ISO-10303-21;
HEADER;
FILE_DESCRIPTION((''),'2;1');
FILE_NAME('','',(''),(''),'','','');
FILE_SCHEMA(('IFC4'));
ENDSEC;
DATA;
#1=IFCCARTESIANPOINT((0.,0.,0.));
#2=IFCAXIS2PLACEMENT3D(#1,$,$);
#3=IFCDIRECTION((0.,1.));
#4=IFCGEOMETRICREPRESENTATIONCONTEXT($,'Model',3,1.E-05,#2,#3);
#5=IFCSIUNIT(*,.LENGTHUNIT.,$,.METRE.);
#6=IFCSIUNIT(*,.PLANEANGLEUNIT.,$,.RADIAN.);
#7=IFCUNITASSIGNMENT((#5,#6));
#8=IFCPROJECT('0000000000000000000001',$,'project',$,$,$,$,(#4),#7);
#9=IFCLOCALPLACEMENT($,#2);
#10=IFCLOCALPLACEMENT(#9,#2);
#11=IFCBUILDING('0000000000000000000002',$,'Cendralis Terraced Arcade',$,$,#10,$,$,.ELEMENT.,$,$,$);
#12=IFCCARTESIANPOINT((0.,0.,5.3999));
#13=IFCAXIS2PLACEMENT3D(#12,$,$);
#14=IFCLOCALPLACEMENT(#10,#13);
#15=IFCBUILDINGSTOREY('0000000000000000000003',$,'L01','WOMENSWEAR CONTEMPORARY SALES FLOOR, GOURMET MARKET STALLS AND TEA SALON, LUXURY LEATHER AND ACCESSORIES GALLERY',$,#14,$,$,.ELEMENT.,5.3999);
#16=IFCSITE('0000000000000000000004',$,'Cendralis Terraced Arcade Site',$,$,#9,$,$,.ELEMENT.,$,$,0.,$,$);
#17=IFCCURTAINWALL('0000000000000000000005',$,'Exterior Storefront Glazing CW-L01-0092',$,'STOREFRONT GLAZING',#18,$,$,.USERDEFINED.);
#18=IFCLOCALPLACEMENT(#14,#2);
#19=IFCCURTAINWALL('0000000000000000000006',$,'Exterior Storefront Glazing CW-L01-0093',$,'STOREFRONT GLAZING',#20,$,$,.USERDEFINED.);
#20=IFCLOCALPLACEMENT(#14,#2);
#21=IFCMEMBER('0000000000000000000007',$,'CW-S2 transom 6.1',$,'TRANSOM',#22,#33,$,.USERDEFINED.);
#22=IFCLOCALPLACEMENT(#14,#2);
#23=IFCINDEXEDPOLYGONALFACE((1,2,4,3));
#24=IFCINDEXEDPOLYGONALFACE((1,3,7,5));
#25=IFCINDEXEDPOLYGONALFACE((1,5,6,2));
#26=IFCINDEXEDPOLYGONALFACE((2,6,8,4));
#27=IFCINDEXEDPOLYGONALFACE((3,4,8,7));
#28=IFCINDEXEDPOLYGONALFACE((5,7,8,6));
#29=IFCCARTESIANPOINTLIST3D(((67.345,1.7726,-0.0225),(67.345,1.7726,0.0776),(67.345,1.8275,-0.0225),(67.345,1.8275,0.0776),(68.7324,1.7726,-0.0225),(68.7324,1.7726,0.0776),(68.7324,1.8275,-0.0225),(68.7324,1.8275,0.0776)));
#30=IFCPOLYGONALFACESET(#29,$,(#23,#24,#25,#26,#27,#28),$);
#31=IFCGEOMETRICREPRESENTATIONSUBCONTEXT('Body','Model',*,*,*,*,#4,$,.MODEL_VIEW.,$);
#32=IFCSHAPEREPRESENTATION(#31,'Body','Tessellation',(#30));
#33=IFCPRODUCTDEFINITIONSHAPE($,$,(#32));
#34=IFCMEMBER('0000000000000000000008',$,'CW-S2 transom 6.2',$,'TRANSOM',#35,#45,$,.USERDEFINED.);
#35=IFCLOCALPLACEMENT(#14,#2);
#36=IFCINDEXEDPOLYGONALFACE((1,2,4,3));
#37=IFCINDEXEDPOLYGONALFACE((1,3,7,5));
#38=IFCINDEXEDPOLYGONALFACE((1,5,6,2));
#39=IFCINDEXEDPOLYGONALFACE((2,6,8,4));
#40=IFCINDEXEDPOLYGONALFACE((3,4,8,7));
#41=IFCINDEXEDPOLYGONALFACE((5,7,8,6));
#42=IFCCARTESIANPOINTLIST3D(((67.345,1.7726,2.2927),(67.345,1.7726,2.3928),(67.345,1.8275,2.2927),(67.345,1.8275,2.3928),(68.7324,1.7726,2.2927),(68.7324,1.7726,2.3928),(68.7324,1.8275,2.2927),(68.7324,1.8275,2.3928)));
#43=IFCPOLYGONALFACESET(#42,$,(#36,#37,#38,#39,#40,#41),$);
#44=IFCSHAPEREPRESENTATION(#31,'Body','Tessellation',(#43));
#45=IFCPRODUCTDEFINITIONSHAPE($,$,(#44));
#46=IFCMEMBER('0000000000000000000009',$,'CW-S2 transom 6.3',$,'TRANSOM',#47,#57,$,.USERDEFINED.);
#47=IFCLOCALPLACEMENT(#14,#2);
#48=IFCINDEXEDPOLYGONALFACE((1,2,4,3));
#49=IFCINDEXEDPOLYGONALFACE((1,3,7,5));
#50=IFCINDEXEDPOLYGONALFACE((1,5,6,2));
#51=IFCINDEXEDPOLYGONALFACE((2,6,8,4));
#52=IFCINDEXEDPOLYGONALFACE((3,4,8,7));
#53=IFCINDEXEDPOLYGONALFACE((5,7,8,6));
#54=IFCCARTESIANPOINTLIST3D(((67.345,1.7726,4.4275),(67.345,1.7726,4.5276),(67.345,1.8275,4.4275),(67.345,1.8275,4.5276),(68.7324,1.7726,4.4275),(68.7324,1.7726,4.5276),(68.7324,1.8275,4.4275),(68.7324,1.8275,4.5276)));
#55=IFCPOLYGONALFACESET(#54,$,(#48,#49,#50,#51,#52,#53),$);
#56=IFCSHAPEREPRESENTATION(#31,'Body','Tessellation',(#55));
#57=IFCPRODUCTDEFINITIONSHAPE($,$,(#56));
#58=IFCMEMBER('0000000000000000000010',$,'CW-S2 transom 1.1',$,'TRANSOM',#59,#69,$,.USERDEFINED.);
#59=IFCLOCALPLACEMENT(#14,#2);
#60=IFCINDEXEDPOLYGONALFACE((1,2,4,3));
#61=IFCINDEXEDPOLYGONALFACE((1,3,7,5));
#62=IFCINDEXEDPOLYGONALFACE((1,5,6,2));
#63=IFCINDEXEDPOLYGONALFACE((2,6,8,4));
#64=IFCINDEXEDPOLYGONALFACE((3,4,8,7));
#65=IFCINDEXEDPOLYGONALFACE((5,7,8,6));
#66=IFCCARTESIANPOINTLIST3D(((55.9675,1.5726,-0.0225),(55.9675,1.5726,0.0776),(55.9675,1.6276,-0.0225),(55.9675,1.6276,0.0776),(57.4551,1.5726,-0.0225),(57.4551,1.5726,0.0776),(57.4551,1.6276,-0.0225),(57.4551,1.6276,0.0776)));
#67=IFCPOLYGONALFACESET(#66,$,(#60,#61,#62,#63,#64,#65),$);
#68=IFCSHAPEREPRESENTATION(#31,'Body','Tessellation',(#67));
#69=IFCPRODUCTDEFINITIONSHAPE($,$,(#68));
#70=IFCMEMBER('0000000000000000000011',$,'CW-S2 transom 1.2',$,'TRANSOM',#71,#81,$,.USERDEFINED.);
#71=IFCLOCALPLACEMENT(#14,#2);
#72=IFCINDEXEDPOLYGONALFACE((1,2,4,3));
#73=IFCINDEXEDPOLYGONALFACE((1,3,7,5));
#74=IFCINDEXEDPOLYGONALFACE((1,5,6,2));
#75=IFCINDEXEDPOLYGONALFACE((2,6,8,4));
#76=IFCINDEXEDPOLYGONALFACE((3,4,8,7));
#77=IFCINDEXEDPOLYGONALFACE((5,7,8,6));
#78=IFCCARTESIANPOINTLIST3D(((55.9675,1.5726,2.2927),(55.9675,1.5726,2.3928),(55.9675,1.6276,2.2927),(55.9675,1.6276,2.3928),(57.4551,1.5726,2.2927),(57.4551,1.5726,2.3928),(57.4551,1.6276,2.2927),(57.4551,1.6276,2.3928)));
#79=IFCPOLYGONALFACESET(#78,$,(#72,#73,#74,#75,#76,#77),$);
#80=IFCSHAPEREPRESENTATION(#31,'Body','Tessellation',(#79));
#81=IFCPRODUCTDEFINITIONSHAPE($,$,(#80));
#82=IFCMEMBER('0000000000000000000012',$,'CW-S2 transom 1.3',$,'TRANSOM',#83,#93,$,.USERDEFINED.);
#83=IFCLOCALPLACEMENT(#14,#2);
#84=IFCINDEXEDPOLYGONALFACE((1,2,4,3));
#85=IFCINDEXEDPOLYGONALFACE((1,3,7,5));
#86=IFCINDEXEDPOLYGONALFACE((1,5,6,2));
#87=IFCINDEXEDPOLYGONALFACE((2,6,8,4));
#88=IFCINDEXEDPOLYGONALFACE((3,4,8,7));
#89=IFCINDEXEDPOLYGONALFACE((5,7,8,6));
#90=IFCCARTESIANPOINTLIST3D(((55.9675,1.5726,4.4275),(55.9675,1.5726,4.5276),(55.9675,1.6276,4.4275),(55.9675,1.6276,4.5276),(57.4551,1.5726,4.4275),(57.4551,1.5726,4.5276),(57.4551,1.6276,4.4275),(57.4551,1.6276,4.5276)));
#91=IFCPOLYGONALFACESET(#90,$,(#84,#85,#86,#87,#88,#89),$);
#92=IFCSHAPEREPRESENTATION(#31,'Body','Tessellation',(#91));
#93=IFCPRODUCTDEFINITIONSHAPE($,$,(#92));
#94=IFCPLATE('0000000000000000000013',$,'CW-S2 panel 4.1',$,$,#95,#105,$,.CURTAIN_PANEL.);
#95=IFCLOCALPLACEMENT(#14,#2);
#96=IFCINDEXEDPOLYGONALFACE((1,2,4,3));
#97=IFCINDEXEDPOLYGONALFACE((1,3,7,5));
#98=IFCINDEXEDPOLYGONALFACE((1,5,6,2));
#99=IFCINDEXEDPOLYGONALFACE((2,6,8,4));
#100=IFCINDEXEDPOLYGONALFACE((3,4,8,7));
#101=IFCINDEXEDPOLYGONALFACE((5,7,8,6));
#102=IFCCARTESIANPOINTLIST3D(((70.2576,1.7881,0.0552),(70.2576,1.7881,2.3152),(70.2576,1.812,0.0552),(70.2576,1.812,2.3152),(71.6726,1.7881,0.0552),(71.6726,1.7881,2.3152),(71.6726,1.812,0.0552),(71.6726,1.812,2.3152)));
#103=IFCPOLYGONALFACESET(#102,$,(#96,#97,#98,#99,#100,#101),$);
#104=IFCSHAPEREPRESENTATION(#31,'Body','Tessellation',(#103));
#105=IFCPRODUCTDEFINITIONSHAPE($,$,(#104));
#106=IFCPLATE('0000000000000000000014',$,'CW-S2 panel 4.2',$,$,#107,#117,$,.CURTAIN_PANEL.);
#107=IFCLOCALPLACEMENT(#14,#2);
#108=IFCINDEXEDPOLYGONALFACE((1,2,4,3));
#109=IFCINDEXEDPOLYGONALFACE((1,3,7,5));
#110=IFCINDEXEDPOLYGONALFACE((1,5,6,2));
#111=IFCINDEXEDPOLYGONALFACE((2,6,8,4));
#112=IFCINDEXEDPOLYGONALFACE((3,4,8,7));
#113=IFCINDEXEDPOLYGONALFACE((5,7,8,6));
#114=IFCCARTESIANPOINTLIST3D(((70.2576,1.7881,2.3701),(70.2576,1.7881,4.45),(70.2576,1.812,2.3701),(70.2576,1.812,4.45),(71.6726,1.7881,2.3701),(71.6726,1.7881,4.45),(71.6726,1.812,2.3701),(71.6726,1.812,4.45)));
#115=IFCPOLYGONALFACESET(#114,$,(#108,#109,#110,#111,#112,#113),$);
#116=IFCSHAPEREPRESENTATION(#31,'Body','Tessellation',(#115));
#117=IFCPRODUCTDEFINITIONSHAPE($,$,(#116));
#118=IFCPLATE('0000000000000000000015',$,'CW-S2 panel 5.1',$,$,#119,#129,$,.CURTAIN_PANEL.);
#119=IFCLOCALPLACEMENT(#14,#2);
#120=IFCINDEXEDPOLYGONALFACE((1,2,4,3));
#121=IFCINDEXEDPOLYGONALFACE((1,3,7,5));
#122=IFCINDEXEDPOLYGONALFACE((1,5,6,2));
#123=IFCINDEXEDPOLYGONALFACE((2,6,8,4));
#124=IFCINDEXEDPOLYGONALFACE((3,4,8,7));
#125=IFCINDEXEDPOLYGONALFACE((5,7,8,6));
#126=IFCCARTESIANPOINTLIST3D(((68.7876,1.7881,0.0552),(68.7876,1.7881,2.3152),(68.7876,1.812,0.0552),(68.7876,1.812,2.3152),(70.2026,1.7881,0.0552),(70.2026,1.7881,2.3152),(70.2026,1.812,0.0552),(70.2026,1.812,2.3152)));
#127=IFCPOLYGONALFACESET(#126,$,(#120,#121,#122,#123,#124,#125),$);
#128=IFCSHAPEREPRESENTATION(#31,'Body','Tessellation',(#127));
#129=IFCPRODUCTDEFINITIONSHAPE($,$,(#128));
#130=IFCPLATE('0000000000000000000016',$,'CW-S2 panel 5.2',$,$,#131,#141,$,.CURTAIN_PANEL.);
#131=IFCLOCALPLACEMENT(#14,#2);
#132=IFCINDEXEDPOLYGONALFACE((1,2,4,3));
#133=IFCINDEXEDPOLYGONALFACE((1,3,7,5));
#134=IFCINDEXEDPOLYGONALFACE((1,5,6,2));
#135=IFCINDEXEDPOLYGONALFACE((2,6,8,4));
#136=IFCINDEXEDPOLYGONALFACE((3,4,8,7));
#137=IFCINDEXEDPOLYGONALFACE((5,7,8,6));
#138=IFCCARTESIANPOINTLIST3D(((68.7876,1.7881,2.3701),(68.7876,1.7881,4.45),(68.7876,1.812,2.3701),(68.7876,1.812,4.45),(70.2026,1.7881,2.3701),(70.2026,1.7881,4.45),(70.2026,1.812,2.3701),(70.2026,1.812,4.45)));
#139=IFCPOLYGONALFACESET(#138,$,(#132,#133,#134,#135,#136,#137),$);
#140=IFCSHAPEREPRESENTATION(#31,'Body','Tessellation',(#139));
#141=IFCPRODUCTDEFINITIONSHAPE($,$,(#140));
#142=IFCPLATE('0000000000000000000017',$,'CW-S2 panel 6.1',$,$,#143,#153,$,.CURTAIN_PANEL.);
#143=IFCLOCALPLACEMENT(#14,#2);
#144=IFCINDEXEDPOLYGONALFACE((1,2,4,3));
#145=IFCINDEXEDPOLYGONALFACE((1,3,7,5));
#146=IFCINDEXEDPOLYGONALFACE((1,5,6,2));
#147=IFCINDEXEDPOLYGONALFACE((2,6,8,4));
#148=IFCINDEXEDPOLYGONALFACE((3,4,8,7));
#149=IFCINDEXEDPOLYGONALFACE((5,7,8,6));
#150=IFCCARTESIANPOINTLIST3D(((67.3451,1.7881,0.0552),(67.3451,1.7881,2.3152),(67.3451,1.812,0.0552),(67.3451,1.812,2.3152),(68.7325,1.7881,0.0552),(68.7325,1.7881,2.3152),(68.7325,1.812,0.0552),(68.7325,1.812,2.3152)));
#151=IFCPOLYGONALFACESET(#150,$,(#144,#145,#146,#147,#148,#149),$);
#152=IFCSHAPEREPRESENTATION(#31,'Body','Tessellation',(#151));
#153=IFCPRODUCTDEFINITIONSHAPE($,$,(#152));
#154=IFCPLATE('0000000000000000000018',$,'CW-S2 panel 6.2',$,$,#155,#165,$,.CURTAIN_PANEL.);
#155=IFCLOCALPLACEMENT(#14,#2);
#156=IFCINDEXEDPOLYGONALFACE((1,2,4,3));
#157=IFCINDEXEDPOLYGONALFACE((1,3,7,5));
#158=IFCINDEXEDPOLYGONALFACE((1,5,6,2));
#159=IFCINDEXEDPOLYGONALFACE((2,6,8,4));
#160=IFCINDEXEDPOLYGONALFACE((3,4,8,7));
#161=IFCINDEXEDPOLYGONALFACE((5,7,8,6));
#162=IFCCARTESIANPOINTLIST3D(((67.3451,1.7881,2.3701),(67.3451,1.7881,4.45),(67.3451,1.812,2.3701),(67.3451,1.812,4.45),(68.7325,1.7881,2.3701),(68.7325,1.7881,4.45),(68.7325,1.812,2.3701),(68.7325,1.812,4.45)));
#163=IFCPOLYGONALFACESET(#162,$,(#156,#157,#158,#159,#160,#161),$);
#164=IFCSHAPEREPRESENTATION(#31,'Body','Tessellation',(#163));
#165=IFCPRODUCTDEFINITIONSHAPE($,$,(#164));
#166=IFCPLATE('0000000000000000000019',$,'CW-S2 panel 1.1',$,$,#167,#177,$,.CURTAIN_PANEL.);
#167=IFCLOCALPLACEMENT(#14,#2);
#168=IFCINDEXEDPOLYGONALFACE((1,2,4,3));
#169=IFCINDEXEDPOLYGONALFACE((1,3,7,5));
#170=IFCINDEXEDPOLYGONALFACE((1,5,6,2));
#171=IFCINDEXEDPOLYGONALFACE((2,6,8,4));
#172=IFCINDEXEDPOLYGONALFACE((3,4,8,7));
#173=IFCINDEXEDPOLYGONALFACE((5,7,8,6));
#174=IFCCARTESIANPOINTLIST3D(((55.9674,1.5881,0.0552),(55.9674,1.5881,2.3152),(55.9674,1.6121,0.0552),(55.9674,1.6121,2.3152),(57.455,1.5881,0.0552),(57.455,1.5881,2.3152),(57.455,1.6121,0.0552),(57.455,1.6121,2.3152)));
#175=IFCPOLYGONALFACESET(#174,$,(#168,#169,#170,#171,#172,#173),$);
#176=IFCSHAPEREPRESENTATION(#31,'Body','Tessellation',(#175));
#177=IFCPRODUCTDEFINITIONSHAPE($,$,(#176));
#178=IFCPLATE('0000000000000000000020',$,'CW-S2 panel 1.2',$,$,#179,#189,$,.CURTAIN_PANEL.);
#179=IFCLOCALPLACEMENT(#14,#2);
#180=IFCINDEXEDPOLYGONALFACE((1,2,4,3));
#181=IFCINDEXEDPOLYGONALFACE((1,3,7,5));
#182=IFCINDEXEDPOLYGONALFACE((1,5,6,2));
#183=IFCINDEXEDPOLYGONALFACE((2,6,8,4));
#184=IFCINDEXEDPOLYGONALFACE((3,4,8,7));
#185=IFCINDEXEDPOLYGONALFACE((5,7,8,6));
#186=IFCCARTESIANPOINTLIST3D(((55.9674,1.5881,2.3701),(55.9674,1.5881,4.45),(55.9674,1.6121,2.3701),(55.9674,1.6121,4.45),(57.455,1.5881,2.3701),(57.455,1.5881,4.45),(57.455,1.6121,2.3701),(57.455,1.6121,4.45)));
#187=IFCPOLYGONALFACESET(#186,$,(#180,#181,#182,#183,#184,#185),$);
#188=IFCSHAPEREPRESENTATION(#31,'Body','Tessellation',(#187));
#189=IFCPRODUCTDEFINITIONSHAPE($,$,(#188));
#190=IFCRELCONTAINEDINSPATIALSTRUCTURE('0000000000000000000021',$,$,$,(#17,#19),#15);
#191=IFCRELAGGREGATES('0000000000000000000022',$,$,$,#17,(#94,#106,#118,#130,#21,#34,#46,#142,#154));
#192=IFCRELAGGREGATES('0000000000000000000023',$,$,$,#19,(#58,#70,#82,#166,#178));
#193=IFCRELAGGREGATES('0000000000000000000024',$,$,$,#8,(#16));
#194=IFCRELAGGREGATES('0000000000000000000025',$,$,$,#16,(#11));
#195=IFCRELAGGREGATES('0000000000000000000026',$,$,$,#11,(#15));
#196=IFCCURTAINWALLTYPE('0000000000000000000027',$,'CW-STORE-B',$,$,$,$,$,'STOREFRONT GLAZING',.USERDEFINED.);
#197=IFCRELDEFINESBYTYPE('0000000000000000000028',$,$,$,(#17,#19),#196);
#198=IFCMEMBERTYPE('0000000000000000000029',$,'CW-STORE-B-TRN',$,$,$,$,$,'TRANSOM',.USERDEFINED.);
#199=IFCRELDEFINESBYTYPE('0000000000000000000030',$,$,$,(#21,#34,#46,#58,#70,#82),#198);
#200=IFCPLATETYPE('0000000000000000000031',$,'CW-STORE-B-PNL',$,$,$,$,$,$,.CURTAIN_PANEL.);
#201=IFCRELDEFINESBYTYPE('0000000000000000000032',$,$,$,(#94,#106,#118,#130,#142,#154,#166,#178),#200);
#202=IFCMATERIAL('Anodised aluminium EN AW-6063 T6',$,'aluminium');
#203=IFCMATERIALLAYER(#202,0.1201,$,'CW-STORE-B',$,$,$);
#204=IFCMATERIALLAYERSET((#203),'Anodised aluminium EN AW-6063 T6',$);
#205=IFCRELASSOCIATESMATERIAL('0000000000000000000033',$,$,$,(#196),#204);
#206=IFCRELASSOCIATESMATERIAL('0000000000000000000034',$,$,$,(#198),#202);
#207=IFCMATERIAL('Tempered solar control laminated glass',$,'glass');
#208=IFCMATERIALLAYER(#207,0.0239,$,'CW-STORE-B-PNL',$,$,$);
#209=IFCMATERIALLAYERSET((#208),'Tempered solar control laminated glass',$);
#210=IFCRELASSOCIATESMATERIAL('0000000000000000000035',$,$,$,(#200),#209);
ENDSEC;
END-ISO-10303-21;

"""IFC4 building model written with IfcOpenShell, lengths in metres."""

from ifc_helpers import new_model, si_unit, direction, frame, origin, origin_2d, place, context, subcontext, project, spatial, rectangle, extrude, material, layer, layer_set, material_profile, profile_set, type_object, element, aggregate, save


model = new_model("IFC4")

# Units and contexts
model_context = context("Model", 3, precision=1e-05, world=origin(), true_north=direction((0.0, 1.0)))
body_context = subcontext(model_context, "Body", "Model", "MODEL_VIEW")
ifc_project = project(units=[si_unit("LENGTHUNIT", "METRE"), si_unit("PLANEANGLEUNIT", "RADIAN")], contexts=[model_context])

# Site, building, storey
site_placement = place(None, origin())
site = spatial("IfcSite", under=ifc_project, at=site_placement, Name="Cendralis Terraced Arcade Site", CompositionType="ELEMENT", RefElevation=0.0)
building_placement = place(site_placement, origin())
building = spatial("IfcBuilding", under=site, at=building_placement, Name="Cendralis Terraced Arcade", CompositionType="ELEMENT")
storey_placement = place(building_placement, frame((0.0, 0.0, 5.3999)))
storey = spatial("IfcBuildingStorey", under=building, at=storey_placement, Name="L01", Description="WOMENSWEAR CONTEMPORARY SALES FLOOR, GOURMET MARKET STALLS AND TEA SALON, LUXURY LEATHER AND ACCESSORIES GALLERY", CompositionType="ELEMENT", Elevation=5.3999)

# Curtain walls
ifc_material_1 = material(Name="Anodised aluminium EN AW-6063 T6", Category="aluminium")
ifc_layer_1 = layer(ifc_material_1, 0.1201, Name="CW-STORE-B")
ifc_layer_set_1 = layer_set([ifc_layer_1], Name="Anodised aluminium EN AW-6063 T6")
curtain_wall_type = type_object("IfcCurtainWallType", Name="CW-STORE-B", ElementType="STOREFRONT GLAZING", PredefinedType="USERDEFINED", material=ifc_layer_set_1)
curtain_wall_1_placement = place(storey_placement, origin())
curtain_wall_1 = element("IfcCurtainWall", 1, at=curtain_wall_1_placement, inside=storey, type_object=curtain_wall_type, Name="Exterior Storefront Glazing CW-L01-0092", ObjectType="STOREFRONT GLAZING", PredefinedType="USERDEFINED")
curtain_wall_2_placement = place(storey_placement, origin())
curtain_wall_2 = element("IfcCurtainWall", 2, at=curtain_wall_2_placement, inside=storey, type_object=curtain_wall_type, Name="Exterior Storefront Glazing CW-L01-0093", ObjectType="STOREFRONT GLAZING", PredefinedType="USERDEFINED")

# Members
ifc_material_profile_1 = material_profile(ifc_material_1, rectangle(XDim=0.0549, YDim=0.1001, at=origin_2d()), Name="ALU-TRN-55x100")
ifc_profile_set_1 = profile_set([ifc_material_profile_1], Name="Anodised aluminium EN AW-6063 T6")
member_type_1 = type_object("IfcMemberType", Name="CW-STORE-B-TRN", ElementType="TRANSOM", PredefinedType="USERDEFINED", material=ifc_profile_set_1)
member_1_placement = place(storey_placement, frame((68.7324, 1.8, 0.0276), z_axis=(-1.0, 0.0, 0.0), x_axis=(0.0, -1.0, 0.0)))
member_1 = element("IfcMember", 3, at=member_1_placement, type_object=member_type_1, Name="CW-S2 transom 6.1", ObjectType="TRANSOM", PredefinedType="USERDEFINED", context=body_context, shape_type="SweptSolid", body=[
    extrude(rectangle(XDim=0.0549, YDim=0.1001, at=origin_2d()), origin(), (0.0, 0.0, 1.0), 1.3875),
])
member_2_placement = place(storey_placement, frame((68.7324, 1.8, 2.3428), z_axis=(-1.0, 0.0, 0.0), x_axis=(0.0, -1.0, 0.0)))
member_2 = element("IfcMember", 4, at=member_2_placement, type_object=member_type_1, Name="CW-S2 transom 6.2", ObjectType="TRANSOM", PredefinedType="USERDEFINED", context=body_context, shape_type="SweptSolid", body=[
    extrude(rectangle(XDim=0.0549, YDim=0.1001, at=origin_2d()), origin(), (0.0, 0.0, 1.0), 1.3875),
])
member_3_placement = place(storey_placement, frame((68.7324, 1.8, 4.4775), z_axis=(-1.0, 0.0, 0.0), x_axis=(0.0, -1.0, 0.0)))
member_3 = element("IfcMember", 5, at=member_3_placement, type_object=member_type_1, Name="CW-S2 transom 6.3", ObjectType="TRANSOM", PredefinedType="USERDEFINED", context=body_context, shape_type="SweptSolid", body=[
    extrude(rectangle(XDim=0.0549, YDim=0.1001, at=origin_2d()), origin(), (0.0, 0.0, 1.0), 1.3875),
])
member_4_placement = place(storey_placement, frame((57.4551, 1.6001, 0.0276), z_axis=(-1.0, 0.0, 0.0), x_axis=(0.0, -1.0, 0.0)))
member_4 = element("IfcMember", 6, at=member_4_placement, type_object=member_type_1, Name="CW-S2 transom 1.1", ObjectType="TRANSOM", PredefinedType="USERDEFINED", context=body_context, shape_type="SweptSolid", body=[
    extrude(rectangle(XDim=0.0549, YDim=0.1001, at=origin_2d()), origin(), (0.0, 0.0, 1.0), 1.4875),
])
member_5_placement = place(storey_placement, frame((57.4551, 1.6001, 2.3428), z_axis=(-1.0, 0.0, 0.0), x_axis=(0.0, -1.0, 0.0)))
member_5 = element("IfcMember", 7, at=member_5_placement, type_object=member_type_1, Name="CW-S2 transom 1.2", ObjectType="TRANSOM", PredefinedType="USERDEFINED", context=body_context, shape_type="SweptSolid", body=[
    extrude(rectangle(XDim=0.0549, YDim=0.1001, at=origin_2d()), origin(), (0.0, 0.0, 1.0), 1.4875),
])
member_6_placement = place(storey_placement, frame((57.4551, 1.6001, 4.4775), z_axis=(-1.0, 0.0, 0.0), x_axis=(0.0, -1.0, 0.0)))
member_6 = element("IfcMember", 8, at=member_6_placement, type_object=member_type_1, Name="CW-S2 transom 1.3", ObjectType="TRANSOM", PredefinedType="USERDEFINED", context=body_context, shape_type="SweptSolid", body=[
    extrude(rectangle(XDim=0.0549, YDim=0.1001, at=origin_2d()), origin(), (0.0, 0.0, 1.0), 1.4875),
])

# Plates
ifc_material_2 = material(Name="Tempered solar control laminated glass", Category="glass")
ifc_layer_2 = layer(ifc_material_2, 0.0239, Name="CW-STORE-B-PNL")
ifc_layer_set_2 = layer_set([ifc_layer_2], Name="Tempered solar control laminated glass")
plate_type = type_object("IfcPlateType", Name="CW-STORE-B-PNL", PredefinedType="CURTAIN_PANEL", material=ifc_layer_set_2)
plate_1_placement = place(storey_placement, frame((70.9651, 1.8, 0.0552), z_axis=(0.0, 0.0, 1.0), x_axis=(-1.0, 0.0, 0.0)))
plate_1 = element("IfcPlate", 9, at=plate_1_placement, type_object=plate_type, Name="CW-S2 panel 4.1", PredefinedType="CURTAIN_PANEL", context=body_context, shape_type="SweptSolid", body=[
    extrude(rectangle(XDim=1.415, YDim=0.0239, at=origin_2d()), origin(), (0.0, 0.0, 1.0), 2.26),
])
plate_2_placement = place(storey_placement, frame((70.9651, 1.8, 2.3701), z_axis=(0.0, 0.0, 1.0), x_axis=(-1.0, 0.0, 0.0)))
plate_2 = element("IfcPlate", 10, at=plate_2_placement, type_object=plate_type, Name="CW-S2 panel 4.2", PredefinedType="CURTAIN_PANEL", context=body_context, shape_type="SweptSolid", body=[
    extrude(rectangle(XDim=1.415, YDim=0.0239, at=origin_2d()), origin(), (0.0, 0.0, 1.0), 2.0798),
])
plate_3_placement = place(storey_placement, frame((69.4951, 1.8, 0.0552), z_axis=(0.0, 0.0, 1.0), x_axis=(-1.0, 0.0, 0.0)))
plate_3 = element("IfcPlate", 11, at=plate_3_placement, type_object=plate_type, Name="CW-S2 panel 5.1", PredefinedType="CURTAIN_PANEL", context=body_context, shape_type="SweptSolid", body=[
    extrude(rectangle(XDim=1.415, YDim=0.0239, at=origin_2d()), origin(), (0.0, 0.0, 1.0), 2.26),
])
plate_4_placement = place(storey_placement, frame((69.4951, 1.8, 2.3701), z_axis=(0.0, 0.0, 1.0), x_axis=(-1.0, 0.0, 0.0)))
plate_4 = element("IfcPlate", 12, at=plate_4_placement, type_object=plate_type, Name="CW-S2 panel 5.2", PredefinedType="CURTAIN_PANEL", context=body_context, shape_type="SweptSolid", body=[
    extrude(rectangle(XDim=1.415, YDim=0.0239, at=origin_2d()), origin(), (0.0, 0.0, 1.0), 2.0798),
])
plate_5_placement = place(storey_placement, frame((68.0388, 1.8, 0.0552), z_axis=(0.0, 0.0, 1.0), x_axis=(-1.0, 0.0, 0.0)))
plate_5 = element("IfcPlate", 13, at=plate_5_placement, type_object=plate_type, Name="CW-S2 panel 6.1", PredefinedType="CURTAIN_PANEL", context=body_context, shape_type="SweptSolid", body=[
    extrude(rectangle(XDim=1.3875, YDim=0.0239, at=origin_2d()), origin(), (0.0, 0.0, 1.0), 2.26),
])
plate_6_placement = place(storey_placement, frame((68.0388, 1.8, 2.3701), z_axis=(0.0, 0.0, 1.0), x_axis=(-1.0, 0.0, 0.0)))
plate_6 = element("IfcPlate", 14, at=plate_6_placement, type_object=plate_type, Name="CW-S2 panel 6.2", PredefinedType="CURTAIN_PANEL", context=body_context, shape_type="SweptSolid", body=[
    extrude(rectangle(XDim=1.3875, YDim=0.0239, at=origin_2d()), origin(), (0.0, 0.0, 1.0), 2.0798),
])
aggregate(curtain_wall_1, [plate_1, plate_2, plate_3, plate_4, member_1, member_2, member_3, plate_5, plate_6])
plate_7_placement = place(storey_placement, frame((56.7112, 1.6001, 0.0552), z_axis=(0.0, 0.0, 1.0), x_axis=(-1.0, 0.0, 0.0)))
plate_7 = element("IfcPlate", 15, at=plate_7_placement, type_object=plate_type, Name="CW-S2 panel 1.1", PredefinedType="CURTAIN_PANEL", context=body_context, shape_type="SweptSolid", body=[
    extrude(rectangle(XDim=1.4875, YDim=0.0239, at=origin_2d()), origin(), (0.0, 0.0, 1.0), 2.26),
])
plate_8_placement = place(storey_placement, frame((56.7112, 1.6001, 2.3701), z_axis=(0.0, 0.0, 1.0), x_axis=(-1.0, 0.0, 0.0)))
plate_8 = element("IfcPlate", 16, at=plate_8_placement, type_object=plate_type, Name="CW-S2 panel 1.2", PredefinedType="CURTAIN_PANEL", context=body_context, shape_type="SweptSolid", body=[
    extrude(rectangle(XDim=1.4875, YDim=0.0239, at=origin_2d()), origin(), (0.0, 0.0, 1.0), 2.0798),
])
aggregate(curtain_wall_2, [member_4, member_5, member_6, plate_7, plate_8])

save(model, "model.ifc")
